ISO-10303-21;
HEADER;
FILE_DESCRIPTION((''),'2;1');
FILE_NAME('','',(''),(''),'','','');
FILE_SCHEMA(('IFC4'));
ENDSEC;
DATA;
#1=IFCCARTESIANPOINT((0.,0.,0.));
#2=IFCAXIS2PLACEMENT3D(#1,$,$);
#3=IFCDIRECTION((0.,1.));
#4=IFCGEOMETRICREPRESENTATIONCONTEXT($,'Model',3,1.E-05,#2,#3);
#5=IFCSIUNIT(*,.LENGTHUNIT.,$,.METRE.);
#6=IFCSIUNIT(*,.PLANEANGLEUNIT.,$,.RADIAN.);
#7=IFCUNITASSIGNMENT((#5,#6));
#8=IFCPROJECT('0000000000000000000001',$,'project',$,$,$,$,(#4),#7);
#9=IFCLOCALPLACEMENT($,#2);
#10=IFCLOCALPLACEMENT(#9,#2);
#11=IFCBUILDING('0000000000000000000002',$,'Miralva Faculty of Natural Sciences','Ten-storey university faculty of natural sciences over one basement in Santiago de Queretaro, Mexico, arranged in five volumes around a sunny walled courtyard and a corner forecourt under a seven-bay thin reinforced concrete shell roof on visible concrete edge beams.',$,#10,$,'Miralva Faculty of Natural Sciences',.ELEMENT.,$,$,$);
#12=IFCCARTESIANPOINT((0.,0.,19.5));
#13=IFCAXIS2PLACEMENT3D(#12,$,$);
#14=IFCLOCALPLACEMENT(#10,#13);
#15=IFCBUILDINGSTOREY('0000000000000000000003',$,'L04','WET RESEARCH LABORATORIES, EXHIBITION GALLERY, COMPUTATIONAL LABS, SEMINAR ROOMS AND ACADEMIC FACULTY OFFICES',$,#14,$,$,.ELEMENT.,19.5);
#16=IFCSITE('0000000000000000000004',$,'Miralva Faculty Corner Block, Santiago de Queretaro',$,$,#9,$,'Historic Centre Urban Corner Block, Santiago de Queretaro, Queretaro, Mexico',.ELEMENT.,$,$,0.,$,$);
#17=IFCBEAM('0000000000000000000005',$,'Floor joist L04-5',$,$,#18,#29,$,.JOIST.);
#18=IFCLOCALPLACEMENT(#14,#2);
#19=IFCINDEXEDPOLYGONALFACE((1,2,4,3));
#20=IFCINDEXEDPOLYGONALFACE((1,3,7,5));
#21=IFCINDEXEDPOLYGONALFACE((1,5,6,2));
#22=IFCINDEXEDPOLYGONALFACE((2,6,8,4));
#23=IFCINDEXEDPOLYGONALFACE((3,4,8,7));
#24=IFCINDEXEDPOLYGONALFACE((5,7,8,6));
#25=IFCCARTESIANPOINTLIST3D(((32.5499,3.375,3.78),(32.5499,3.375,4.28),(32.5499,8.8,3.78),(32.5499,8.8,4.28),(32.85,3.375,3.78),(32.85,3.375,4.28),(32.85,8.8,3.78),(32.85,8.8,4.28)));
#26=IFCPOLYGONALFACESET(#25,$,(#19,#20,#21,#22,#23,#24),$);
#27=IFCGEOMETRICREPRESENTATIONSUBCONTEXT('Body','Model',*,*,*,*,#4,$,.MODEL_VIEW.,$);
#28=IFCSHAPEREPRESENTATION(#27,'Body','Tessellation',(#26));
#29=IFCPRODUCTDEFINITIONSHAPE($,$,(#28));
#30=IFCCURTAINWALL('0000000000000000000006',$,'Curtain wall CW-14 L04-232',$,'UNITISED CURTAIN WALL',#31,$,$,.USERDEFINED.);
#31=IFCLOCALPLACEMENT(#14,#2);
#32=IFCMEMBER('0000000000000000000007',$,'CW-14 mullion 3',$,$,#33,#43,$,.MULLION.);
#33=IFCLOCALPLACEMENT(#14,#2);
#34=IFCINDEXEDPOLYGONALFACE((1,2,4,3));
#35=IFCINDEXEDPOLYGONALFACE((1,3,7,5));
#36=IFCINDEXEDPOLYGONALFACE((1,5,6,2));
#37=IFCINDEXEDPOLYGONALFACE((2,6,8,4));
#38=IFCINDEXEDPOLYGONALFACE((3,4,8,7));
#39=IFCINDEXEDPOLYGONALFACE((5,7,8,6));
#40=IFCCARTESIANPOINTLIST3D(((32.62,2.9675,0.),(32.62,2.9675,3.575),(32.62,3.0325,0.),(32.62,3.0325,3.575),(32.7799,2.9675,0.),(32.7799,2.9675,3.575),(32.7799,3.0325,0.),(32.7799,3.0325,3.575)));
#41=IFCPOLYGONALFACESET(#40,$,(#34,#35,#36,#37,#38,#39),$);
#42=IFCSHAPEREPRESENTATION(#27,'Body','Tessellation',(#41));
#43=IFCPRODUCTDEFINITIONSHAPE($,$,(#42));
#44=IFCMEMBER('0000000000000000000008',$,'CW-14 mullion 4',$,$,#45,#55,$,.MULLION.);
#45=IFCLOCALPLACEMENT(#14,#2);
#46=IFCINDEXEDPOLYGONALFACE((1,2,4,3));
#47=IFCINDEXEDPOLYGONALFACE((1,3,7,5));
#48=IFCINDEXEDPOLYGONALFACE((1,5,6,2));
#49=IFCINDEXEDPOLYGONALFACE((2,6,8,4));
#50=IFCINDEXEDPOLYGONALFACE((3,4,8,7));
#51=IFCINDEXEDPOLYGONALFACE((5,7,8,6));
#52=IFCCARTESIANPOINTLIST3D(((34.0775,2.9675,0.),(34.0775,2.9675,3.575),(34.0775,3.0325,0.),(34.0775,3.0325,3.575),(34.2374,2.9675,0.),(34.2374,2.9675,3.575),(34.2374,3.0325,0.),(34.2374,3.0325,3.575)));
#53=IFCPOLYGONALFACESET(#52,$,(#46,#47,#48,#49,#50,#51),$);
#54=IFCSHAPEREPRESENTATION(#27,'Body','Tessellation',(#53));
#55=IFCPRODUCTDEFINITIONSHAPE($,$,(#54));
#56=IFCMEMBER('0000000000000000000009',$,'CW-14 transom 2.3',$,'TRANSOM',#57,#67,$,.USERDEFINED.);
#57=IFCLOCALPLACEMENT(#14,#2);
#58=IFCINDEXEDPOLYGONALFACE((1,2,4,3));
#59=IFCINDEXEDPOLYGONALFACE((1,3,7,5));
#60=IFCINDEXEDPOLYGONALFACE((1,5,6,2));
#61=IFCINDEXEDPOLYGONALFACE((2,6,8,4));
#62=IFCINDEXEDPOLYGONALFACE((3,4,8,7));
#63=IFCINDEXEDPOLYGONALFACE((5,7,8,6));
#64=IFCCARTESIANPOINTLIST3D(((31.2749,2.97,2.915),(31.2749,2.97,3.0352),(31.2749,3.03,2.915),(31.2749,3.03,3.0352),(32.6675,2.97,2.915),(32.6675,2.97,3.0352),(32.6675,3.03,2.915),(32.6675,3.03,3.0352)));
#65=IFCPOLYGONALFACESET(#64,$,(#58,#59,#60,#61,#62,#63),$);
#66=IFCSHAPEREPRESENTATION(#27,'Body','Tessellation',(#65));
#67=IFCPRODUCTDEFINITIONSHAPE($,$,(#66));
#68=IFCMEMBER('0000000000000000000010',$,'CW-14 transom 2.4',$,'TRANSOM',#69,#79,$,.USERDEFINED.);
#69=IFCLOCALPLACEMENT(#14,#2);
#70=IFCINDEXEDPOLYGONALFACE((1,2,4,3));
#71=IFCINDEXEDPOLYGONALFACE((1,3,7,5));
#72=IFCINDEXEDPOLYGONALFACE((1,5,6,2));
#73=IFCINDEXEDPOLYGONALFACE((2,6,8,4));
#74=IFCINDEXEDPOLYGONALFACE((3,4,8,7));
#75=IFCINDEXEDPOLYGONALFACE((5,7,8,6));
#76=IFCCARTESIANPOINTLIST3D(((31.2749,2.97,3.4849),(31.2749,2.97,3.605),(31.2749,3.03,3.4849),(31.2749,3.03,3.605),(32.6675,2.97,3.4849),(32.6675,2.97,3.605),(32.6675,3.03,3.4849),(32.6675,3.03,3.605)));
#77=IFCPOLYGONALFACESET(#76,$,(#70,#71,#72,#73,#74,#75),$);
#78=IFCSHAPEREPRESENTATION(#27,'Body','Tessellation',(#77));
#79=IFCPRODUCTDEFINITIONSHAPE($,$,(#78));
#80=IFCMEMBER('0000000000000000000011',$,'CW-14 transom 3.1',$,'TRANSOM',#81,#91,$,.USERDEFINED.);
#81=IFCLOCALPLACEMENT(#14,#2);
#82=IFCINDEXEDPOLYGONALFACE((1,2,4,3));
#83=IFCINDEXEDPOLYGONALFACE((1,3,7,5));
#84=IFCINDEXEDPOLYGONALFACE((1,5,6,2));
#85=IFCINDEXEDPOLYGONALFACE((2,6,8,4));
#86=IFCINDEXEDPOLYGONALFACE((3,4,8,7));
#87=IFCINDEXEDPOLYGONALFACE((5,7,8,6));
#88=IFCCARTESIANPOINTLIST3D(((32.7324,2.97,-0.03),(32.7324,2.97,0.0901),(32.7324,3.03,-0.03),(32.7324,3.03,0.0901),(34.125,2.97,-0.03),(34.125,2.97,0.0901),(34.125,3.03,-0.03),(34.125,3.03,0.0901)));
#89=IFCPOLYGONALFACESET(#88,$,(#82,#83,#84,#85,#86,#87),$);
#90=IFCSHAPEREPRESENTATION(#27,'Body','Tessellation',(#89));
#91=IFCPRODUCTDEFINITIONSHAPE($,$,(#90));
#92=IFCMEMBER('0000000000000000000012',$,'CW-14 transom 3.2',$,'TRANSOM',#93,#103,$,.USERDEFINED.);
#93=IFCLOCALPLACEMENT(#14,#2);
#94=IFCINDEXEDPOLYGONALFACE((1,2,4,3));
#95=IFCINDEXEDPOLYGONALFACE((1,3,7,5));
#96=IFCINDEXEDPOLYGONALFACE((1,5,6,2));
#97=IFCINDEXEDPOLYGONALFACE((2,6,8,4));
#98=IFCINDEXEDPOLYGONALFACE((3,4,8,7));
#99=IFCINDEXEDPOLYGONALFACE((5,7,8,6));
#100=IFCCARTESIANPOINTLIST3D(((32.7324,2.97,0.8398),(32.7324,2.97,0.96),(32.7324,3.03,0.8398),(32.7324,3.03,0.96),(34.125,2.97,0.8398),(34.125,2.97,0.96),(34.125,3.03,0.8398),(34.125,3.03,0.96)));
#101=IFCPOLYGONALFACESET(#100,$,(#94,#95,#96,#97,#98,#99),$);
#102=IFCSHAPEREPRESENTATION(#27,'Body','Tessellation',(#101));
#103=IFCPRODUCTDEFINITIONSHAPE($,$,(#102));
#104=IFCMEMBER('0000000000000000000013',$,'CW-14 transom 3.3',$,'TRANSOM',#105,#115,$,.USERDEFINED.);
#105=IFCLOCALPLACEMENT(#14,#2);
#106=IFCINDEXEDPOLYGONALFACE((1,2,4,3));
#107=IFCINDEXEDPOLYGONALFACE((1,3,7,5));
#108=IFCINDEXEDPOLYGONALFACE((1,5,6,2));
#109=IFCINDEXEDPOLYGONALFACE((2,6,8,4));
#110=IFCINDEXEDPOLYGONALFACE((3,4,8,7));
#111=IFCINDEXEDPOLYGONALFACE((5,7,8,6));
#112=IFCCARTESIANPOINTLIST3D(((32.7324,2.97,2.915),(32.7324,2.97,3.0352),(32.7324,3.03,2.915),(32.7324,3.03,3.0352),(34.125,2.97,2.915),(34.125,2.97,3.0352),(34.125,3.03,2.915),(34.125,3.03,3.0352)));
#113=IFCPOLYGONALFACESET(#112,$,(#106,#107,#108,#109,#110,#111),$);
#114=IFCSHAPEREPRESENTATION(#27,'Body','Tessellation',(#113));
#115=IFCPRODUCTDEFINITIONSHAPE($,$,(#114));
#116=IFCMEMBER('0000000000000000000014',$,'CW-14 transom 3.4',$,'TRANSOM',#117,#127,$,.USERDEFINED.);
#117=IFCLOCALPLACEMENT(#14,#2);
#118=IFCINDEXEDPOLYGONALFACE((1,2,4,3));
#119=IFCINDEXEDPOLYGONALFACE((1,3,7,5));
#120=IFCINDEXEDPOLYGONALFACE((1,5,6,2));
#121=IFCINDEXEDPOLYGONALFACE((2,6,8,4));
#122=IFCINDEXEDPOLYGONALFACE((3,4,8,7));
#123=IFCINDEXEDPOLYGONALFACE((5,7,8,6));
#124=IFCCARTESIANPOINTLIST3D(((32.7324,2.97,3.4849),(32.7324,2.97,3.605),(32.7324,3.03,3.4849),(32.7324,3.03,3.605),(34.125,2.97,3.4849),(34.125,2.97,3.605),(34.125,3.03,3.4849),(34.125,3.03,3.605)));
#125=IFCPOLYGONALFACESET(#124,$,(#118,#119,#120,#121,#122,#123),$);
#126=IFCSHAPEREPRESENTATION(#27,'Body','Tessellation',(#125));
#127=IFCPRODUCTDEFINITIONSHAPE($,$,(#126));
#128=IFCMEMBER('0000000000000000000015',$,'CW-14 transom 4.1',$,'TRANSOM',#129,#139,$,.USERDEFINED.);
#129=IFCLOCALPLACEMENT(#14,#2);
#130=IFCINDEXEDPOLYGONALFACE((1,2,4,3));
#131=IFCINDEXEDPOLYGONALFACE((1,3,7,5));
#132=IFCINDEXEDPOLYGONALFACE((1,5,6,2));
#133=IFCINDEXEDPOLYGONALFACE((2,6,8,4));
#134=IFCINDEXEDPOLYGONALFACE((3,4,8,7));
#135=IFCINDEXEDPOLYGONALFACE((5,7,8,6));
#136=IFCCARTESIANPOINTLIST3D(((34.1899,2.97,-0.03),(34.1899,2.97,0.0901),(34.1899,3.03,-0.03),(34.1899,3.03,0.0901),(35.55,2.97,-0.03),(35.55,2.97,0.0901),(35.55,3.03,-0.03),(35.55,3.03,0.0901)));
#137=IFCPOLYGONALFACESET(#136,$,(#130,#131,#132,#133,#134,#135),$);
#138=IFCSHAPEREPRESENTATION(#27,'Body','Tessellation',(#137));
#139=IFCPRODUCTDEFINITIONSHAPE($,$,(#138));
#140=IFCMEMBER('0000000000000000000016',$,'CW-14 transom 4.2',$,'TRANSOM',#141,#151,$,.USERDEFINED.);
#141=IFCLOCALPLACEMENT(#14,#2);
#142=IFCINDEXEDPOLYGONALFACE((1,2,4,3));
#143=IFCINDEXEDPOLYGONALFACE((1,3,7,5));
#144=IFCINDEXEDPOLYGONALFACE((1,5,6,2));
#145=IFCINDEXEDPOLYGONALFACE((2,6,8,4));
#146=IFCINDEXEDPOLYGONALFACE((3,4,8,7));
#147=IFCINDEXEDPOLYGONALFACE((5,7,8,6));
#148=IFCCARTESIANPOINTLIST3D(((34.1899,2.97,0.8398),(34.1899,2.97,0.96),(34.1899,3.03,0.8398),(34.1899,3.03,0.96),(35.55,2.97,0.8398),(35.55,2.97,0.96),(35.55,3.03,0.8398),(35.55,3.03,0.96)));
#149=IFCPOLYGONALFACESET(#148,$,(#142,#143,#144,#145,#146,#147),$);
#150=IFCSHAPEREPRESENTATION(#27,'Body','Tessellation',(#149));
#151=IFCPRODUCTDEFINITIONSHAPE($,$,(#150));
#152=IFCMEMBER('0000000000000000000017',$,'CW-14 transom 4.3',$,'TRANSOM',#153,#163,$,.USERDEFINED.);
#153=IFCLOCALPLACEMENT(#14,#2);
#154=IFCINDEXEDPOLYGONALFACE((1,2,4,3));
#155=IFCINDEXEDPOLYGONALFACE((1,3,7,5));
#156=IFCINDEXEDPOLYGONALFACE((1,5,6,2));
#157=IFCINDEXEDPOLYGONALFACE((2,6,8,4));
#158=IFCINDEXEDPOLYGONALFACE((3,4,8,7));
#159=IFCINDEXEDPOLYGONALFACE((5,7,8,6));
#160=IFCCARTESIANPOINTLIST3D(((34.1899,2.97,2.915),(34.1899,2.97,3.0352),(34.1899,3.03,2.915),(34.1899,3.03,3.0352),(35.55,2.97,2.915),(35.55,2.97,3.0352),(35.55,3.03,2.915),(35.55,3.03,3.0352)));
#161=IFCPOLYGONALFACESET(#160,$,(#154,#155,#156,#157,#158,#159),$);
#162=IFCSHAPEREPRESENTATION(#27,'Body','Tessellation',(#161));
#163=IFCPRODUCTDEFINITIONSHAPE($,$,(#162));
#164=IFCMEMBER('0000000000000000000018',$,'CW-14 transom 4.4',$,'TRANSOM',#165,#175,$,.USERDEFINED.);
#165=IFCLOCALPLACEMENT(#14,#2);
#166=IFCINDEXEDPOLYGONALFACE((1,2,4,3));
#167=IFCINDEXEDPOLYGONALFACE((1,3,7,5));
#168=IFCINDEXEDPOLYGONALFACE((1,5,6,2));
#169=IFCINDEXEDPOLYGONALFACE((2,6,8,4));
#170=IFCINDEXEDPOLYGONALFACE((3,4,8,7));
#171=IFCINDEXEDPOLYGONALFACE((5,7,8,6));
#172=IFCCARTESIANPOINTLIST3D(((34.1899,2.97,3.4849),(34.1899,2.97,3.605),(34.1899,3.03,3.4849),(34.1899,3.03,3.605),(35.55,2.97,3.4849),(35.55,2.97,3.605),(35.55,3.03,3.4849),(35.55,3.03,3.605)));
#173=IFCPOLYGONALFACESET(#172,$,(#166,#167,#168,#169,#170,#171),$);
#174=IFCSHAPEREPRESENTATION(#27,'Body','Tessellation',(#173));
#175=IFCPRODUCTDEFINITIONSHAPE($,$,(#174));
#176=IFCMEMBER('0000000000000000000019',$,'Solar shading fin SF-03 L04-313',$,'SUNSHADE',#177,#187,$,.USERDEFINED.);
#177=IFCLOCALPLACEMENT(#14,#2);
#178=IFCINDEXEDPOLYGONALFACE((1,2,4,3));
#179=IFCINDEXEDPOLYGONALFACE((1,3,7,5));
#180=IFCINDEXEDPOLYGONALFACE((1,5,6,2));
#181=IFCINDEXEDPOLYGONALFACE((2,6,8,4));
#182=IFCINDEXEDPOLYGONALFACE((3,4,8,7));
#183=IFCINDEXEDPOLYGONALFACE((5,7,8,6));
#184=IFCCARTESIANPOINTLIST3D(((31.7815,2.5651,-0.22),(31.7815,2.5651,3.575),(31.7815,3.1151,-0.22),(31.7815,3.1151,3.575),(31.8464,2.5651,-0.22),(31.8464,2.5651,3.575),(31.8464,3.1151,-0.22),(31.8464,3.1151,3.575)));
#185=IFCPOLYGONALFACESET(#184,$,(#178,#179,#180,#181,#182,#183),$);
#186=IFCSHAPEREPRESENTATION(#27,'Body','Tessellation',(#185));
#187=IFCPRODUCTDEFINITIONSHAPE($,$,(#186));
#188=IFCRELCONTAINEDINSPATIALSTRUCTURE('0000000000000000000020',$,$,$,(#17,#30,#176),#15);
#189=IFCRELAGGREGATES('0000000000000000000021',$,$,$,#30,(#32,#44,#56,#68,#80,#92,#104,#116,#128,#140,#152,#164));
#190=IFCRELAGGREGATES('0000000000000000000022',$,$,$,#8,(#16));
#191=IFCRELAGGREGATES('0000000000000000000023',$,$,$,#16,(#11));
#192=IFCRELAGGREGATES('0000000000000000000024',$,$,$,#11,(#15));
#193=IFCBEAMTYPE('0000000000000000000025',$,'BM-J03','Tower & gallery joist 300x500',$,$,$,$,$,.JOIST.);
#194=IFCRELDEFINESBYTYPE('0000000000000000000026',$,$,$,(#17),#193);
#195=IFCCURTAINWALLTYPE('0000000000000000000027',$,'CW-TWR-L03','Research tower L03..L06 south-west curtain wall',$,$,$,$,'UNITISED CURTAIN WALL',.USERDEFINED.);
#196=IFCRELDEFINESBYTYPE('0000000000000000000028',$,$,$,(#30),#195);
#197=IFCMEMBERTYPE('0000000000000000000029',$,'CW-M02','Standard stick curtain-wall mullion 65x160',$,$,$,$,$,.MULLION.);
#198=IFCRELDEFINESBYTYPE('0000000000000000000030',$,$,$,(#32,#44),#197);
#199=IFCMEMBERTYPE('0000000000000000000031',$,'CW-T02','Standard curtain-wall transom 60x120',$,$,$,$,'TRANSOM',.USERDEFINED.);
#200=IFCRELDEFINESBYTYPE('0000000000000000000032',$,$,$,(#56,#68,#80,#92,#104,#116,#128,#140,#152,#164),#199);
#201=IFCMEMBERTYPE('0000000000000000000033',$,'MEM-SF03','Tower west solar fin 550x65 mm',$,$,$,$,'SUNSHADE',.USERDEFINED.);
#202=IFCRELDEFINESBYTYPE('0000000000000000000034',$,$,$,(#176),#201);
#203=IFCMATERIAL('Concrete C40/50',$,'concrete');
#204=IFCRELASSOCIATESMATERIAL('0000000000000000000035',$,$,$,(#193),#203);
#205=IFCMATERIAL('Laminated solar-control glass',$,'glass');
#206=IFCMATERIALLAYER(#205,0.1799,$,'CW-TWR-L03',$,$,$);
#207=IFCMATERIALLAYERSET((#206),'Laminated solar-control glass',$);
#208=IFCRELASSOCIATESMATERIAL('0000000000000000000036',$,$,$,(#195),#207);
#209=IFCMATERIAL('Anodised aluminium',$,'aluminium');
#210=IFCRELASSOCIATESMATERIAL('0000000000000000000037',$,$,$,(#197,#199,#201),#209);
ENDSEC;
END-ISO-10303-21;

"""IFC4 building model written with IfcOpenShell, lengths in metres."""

from ifc_helpers import new_model, si_unit, direction, frame, origin, origin_2d, place, context, subcontext, project, spatial, rectangle, extrude, material, layer, layer_set, material_profile, profile_set, type_object, element, aggregate, save


model = new_model("IFC4")

# Units and contexts
model_context = context("Model", 3, precision=1e-05, world=origin(), true_north=direction((0.0, 1.0)))
body_context = subcontext(model_context, "Body", "Model", "MODEL_VIEW")
ifc_project = project(units=[si_unit("LENGTHUNIT", "METRE"), si_unit("PLANEANGLEUNIT", "RADIAN")], contexts=[model_context])

# Site, building, storey
site_placement = place(None, origin())
site = spatial("IfcSite", under=ifc_project, at=site_placement, Name="Miralva Faculty Corner Block, Santiago de Queretaro", LongName="Historic Centre Urban Corner Block, Santiago de Queretaro, Queretaro, Mexico", CompositionType="ELEMENT", RefElevation=0.0)
building_placement = place(site_placement, origin())
building = spatial("IfcBuilding", under=site, at=building_placement, Name="Miralva Faculty of Natural Sciences", Description="Ten-storey university faculty of natural sciences over one basement in Santiago de Queretaro, Mexico, arranged in five volumes around a sunny walled courtyard and a corner forecourt under a seven-bay thin reinforced concrete shell roof on visible concrete edge beams.", LongName="Miralva Faculty of Natural Sciences", CompositionType="ELEMENT")
storey_placement = place(building_placement, frame((0.0, 0.0, 19.5)))
storey = spatial("IfcBuildingStorey", under=building, at=storey_placement, Name="L04", Description="WET RESEARCH LABORATORIES, EXHIBITION GALLERY, COMPUTATIONAL LABS, SEMINAR ROOMS AND ACADEMIC FACULTY OFFICES", CompositionType="ELEMENT", Elevation=19.5)

# Beam
ifc_material_1 = material(Name="Concrete C40/50", Category="concrete")
ifc_material_profile_1 = material_profile(ifc_material_1, rectangle(XDim=0.3, YDim=0.5, at=origin_2d()), Name="RC 300x500")
ifc_profile_set_1 = profile_set([ifc_material_profile_1], Name="Concrete C40/50")
beam_type = type_object("IfcBeamType", Name="BM-J03", Description="Tower & gallery joist 300x500", PredefinedType="JOIST", material=ifc_profile_set_1)
beam_placement = place(storey_placement, frame((32.7, 3.375, 4.03), z_axis=(0.0, 1.0, 0.0), x_axis=(-1.0, 0.0, 0.0)))
element("IfcBeam", 1, at=beam_placement, inside=storey, type_object=beam_type, Name="Floor joist L04-5", PredefinedType="JOIST", context=body_context, shape_type="SweptSolid", body=[
    extrude(rectangle(XDim=0.3, YDim=0.5, at=origin_2d()), origin(), (0.0, 0.0, 1.0), 5.425),
])

# Curtain wall, members
ifc_material_2 = material(Name="Laminated solar-control glass", Category="glass")
ifc_layer_1 = layer(ifc_material_2, 0.1799, Name="CW-TWR-L03")
ifc_layer_set_1 = layer_set([ifc_layer_1], Name="Laminated solar-control glass")
curtain_wall_type = type_object("IfcCurtainWallType", Name="CW-TWR-L03", Description="Research tower L03..L06 south-west curtain wall", ElementType="UNITISED CURTAIN WALL", PredefinedType="USERDEFINED", material=ifc_layer_set_1)
curtain_wall_placement = place(storey_placement, origin())
curtain_wall = element("IfcCurtainWall", 2, at=curtain_wall_placement, inside=storey, type_object=curtain_wall_type, Name="Curtain wall CW-14 L04-232", ObjectType="UNITISED CURTAIN WALL", PredefinedType="USERDEFINED")
ifc_material_3 = material(Name="Anodised aluminium", Category="aluminium")
ifc_material_profile_2 = material_profile(ifc_material_3, rectangle(XDim=0.0649, YDim=0.1599, at=origin_2d()), Name="MULLION 65x160")
ifc_profile_set_2 = profile_set([ifc_material_profile_2], Name="Anodised aluminium")
member_type_1 = type_object("IfcMemberType", Name="CW-M02", Description="Standard stick curtain-wall mullion 65x160", PredefinedType="MULLION", material=ifc_profile_set_2)
member_1_placement = place(storey_placement, frame((32.7, 3.0, 0.0), z_axis=(0.0, 0.0, 1.0), x_axis=(0.0, 1.0, 0.0)))
member_1 = element("IfcMember", 3, at=member_1_placement, type_object=member_type_1, Name="CW-14 mullion 3", PredefinedType="MULLION", context=body_context, shape_type="SweptSolid", body=[
    extrude(rectangle(XDim=0.0649, YDim=0.1599, at=origin_2d()), origin(), (0.0, 0.0, 1.0), 3.575),
])
member_2_placement = place(storey_placement, frame((34.1575, 3.0, 0.0), z_axis=(0.0, 0.0, 1.0), x_axis=(0.0, 1.0, 0.0)))
member_2 = element("IfcMember", 4, at=member_2_placement, type_object=member_type_1, Name="CW-14 mullion 4", PredefinedType="MULLION", context=body_context, shape_type="SweptSolid", body=[
    extrude(rectangle(XDim=0.0649, YDim=0.1599, at=origin_2d()), origin(), (0.0, 0.0, 1.0), 3.575),
])
ifc_material_profile_3 = material_profile(ifc_material_3, rectangle(XDim=0.0601, YDim=0.1201, at=origin_2d()), Name="TRANSOM 60x120")
ifc_profile_set_3 = profile_set([ifc_material_profile_3], Name="Anodised aluminium")
member_type_2 = type_object("IfcMemberType", Name="CW-T02", Description="Standard curtain-wall transom 60x120", ElementType="TRANSOM", PredefinedType="USERDEFINED", material=ifc_profile_set_3)
member_3_placement = place(storey_placement, frame((31.2749, 3.0, 2.9751), z_axis=(1.0, 0.0, 0.0), x_axis=(0.0, 1.0, 0.0)))
member_3 = element("IfcMember", 5, at=member_3_placement, type_object=member_type_2, Name="CW-14 transom 2.3", ObjectType="TRANSOM", PredefinedType="USERDEFINED", context=body_context, shape_type="SweptSolid", body=[
    extrude(rectangle(XDim=0.0601, YDim=0.1201, at=origin_2d()), origin(), (0.0, 0.0, 1.0), 1.3926),
])
member_4_placement = place(storey_placement, frame((31.2749, 3.0, 3.5449), z_axis=(1.0, 0.0, 0.0), x_axis=(0.0, 1.0, 0.0)))
member_4 = element("IfcMember", 6, at=member_4_placement, type_object=member_type_2, Name="CW-14 transom 2.4", ObjectType="TRANSOM", PredefinedType="USERDEFINED", context=body_context, shape_type="SweptSolid", body=[
    extrude(rectangle(XDim=0.0601, YDim=0.1201, at=origin_2d()), origin(), (0.0, 0.0, 1.0), 1.3926),
])
member_5_placement = place(storey_placement, frame((32.7324, 3.0, 0.03), z_axis=(1.0, 0.0, 0.0), x_axis=(0.0, 1.0, 0.0)))
member_5 = element("IfcMember", 7, at=member_5_placement, type_object=member_type_2, Name="CW-14 transom 3.1", ObjectType="TRANSOM", PredefinedType="USERDEFINED", context=body_context, shape_type="SweptSolid", body=[
    extrude(rectangle(XDim=0.0601, YDim=0.1201, at=origin_2d()), origin(), (0.0, 0.0, 1.0), 1.3926),
])
member_6_placement = place(storey_placement, frame((32.7324, 3.0, 0.8999), z_axis=(1.0, 0.0, 0.0), x_axis=(0.0, 1.0, 0.0)))
member_6 = element("IfcMember", 8, at=member_6_placement, type_object=member_type_2, Name="CW-14 transom 3.2", ObjectType="TRANSOM", PredefinedType="USERDEFINED", context=body_context, shape_type="SweptSolid", body=[
    extrude(rectangle(XDim=0.0601, YDim=0.1201, at=origin_2d()), origin(), (0.0, 0.0, 1.0), 1.3926),
])
member_7_placement = place(storey_placement, frame((32.7324, 3.0, 2.9751), z_axis=(1.0, 0.0, 0.0), x_axis=(0.0, 1.0, 0.0)))
member_7 = element("IfcMember", 9, at=member_7_placement, type_object=member_type_2, Name="CW-14 transom 3.3", ObjectType="TRANSOM", PredefinedType="USERDEFINED", context=body_context, shape_type="SweptSolid", body=[
    extrude(rectangle(XDim=0.0601, YDim=0.1201, at=origin_2d()), origin(), (0.0, 0.0, 1.0), 1.3926),
])
member_8_placement = place(storey_placement, frame((32.7324, 3.0, 3.5449), z_axis=(1.0, 0.0, 0.0), x_axis=(0.0, 1.0, 0.0)))
member_8 = element("IfcMember", 10, at=member_8_placement, type_object=member_type_2, Name="CW-14 transom 3.4", ObjectType="TRANSOM", PredefinedType="USERDEFINED", context=body_context, shape_type="SweptSolid", body=[
    extrude(rectangle(XDim=0.0601, YDim=0.1201, at=origin_2d()), origin(), (0.0, 0.0, 1.0), 1.3926),
])
member_9_placement = place(storey_placement, frame((34.1899, 3.0, 0.03), z_axis=(1.0, 0.0, 0.0), x_axis=(0.0, 1.0, 0.0)))
member_9 = element("IfcMember", 11, at=member_9_placement, type_object=member_type_2, Name="CW-14 transom 4.1", ObjectType="TRANSOM", PredefinedType="USERDEFINED", context=body_context, shape_type="SweptSolid", body=[
    extrude(rectangle(XDim=0.0601, YDim=0.1201, at=origin_2d()), origin(), (0.0, 0.0, 1.0), 1.3601),
])
member_10_placement = place(storey_placement, frame((34.1899, 3.0, 0.8999), z_axis=(1.0, 0.0, 0.0), x_axis=(0.0, 1.0, 0.0)))
member_10 = element("IfcMember", 12, at=member_10_placement, type_object=member_type_2, Name="CW-14 transom 4.2", ObjectType="TRANSOM", PredefinedType="USERDEFINED", context=body_context, shape_type="SweptSolid", body=[
    extrude(rectangle(XDim=0.0601, YDim=0.1201, at=origin_2d()), origin(), (0.0, 0.0, 1.0), 1.3601),
])
member_11_placement = place(storey_placement, frame((34.1899, 3.0, 2.9751), z_axis=(1.0, 0.0, 0.0), x_axis=(0.0, 1.0, 0.0)))
member_11 = element("IfcMember", 13, at=member_11_placement, type_object=member_type_2, Name="CW-14 transom 4.3", ObjectType="TRANSOM", PredefinedType="USERDEFINED", context=body_context, shape_type="SweptSolid", body=[
    extrude(rectangle(XDim=0.0601, YDim=0.1201, at=origin_2d()), origin(), (0.0, 0.0, 1.0), 1.3601),
])
member_12_placement = place(storey_placement, frame((34.1899, 3.0, 3.5449), z_axis=(1.0, 0.0, 0.0), x_axis=(0.0, 1.0, 0.0)))
member_12 = element("IfcMember", 14, at=member_12_placement, type_object=member_type_2, Name="CW-14 transom 4.4", ObjectType="TRANSOM", PredefinedType="USERDEFINED", context=body_context, shape_type="SweptSolid", body=[
    extrude(rectangle(XDim=0.0601, YDim=0.1201, at=origin_2d()), origin(), (0.0, 0.0, 1.0), 1.3601),
])

# Member
ifc_material_profile_4 = material_profile(ifc_material_3, rectangle(XDim=0.0649, YDim=0.55, at=origin_2d()), Name="FIN 550x65")
ifc_profile_set_4 = profile_set([ifc_material_profile_4], Name="Anodised aluminium")
member_type_3 = type_object("IfcMemberType", Name="MEM-SF03", Description="Tower west solar fin 550x65 mm", ElementType="SUNSHADE", PredefinedType="USERDEFINED", material=ifc_profile_set_4)
for number, where, z_axis, x_axis, name in (
    (15, (31.814, 2.8401, -0.22), (0.0, 0.0, 1.0), (1.0, 0.0, 0.0), "Solar shading fin SF-03 L04-313"),
):
    element("IfcMember", number, at=place(storey_placement, frame(where, z_axis=z_axis, x_axis=x_axis)), inside=storey, type_object=member_type_3, Name=name, ObjectType="SUNSHADE", PredefinedType="USERDEFINED", context=body_context, shape_type="SweptSolid", body=[
        extrude(rectangle(XDim=0.0649, YDim=0.55, at=origin_2d()), origin(), (0.0, 0.0, 1.0), 3.7949),
    ])

aggregate(curtain_wall, [member_1, member_2, member_3, member_4, member_5, member_6, member_7, member_8, member_9, member_10, member_11, member_12])

save(model, "model.ifc")
